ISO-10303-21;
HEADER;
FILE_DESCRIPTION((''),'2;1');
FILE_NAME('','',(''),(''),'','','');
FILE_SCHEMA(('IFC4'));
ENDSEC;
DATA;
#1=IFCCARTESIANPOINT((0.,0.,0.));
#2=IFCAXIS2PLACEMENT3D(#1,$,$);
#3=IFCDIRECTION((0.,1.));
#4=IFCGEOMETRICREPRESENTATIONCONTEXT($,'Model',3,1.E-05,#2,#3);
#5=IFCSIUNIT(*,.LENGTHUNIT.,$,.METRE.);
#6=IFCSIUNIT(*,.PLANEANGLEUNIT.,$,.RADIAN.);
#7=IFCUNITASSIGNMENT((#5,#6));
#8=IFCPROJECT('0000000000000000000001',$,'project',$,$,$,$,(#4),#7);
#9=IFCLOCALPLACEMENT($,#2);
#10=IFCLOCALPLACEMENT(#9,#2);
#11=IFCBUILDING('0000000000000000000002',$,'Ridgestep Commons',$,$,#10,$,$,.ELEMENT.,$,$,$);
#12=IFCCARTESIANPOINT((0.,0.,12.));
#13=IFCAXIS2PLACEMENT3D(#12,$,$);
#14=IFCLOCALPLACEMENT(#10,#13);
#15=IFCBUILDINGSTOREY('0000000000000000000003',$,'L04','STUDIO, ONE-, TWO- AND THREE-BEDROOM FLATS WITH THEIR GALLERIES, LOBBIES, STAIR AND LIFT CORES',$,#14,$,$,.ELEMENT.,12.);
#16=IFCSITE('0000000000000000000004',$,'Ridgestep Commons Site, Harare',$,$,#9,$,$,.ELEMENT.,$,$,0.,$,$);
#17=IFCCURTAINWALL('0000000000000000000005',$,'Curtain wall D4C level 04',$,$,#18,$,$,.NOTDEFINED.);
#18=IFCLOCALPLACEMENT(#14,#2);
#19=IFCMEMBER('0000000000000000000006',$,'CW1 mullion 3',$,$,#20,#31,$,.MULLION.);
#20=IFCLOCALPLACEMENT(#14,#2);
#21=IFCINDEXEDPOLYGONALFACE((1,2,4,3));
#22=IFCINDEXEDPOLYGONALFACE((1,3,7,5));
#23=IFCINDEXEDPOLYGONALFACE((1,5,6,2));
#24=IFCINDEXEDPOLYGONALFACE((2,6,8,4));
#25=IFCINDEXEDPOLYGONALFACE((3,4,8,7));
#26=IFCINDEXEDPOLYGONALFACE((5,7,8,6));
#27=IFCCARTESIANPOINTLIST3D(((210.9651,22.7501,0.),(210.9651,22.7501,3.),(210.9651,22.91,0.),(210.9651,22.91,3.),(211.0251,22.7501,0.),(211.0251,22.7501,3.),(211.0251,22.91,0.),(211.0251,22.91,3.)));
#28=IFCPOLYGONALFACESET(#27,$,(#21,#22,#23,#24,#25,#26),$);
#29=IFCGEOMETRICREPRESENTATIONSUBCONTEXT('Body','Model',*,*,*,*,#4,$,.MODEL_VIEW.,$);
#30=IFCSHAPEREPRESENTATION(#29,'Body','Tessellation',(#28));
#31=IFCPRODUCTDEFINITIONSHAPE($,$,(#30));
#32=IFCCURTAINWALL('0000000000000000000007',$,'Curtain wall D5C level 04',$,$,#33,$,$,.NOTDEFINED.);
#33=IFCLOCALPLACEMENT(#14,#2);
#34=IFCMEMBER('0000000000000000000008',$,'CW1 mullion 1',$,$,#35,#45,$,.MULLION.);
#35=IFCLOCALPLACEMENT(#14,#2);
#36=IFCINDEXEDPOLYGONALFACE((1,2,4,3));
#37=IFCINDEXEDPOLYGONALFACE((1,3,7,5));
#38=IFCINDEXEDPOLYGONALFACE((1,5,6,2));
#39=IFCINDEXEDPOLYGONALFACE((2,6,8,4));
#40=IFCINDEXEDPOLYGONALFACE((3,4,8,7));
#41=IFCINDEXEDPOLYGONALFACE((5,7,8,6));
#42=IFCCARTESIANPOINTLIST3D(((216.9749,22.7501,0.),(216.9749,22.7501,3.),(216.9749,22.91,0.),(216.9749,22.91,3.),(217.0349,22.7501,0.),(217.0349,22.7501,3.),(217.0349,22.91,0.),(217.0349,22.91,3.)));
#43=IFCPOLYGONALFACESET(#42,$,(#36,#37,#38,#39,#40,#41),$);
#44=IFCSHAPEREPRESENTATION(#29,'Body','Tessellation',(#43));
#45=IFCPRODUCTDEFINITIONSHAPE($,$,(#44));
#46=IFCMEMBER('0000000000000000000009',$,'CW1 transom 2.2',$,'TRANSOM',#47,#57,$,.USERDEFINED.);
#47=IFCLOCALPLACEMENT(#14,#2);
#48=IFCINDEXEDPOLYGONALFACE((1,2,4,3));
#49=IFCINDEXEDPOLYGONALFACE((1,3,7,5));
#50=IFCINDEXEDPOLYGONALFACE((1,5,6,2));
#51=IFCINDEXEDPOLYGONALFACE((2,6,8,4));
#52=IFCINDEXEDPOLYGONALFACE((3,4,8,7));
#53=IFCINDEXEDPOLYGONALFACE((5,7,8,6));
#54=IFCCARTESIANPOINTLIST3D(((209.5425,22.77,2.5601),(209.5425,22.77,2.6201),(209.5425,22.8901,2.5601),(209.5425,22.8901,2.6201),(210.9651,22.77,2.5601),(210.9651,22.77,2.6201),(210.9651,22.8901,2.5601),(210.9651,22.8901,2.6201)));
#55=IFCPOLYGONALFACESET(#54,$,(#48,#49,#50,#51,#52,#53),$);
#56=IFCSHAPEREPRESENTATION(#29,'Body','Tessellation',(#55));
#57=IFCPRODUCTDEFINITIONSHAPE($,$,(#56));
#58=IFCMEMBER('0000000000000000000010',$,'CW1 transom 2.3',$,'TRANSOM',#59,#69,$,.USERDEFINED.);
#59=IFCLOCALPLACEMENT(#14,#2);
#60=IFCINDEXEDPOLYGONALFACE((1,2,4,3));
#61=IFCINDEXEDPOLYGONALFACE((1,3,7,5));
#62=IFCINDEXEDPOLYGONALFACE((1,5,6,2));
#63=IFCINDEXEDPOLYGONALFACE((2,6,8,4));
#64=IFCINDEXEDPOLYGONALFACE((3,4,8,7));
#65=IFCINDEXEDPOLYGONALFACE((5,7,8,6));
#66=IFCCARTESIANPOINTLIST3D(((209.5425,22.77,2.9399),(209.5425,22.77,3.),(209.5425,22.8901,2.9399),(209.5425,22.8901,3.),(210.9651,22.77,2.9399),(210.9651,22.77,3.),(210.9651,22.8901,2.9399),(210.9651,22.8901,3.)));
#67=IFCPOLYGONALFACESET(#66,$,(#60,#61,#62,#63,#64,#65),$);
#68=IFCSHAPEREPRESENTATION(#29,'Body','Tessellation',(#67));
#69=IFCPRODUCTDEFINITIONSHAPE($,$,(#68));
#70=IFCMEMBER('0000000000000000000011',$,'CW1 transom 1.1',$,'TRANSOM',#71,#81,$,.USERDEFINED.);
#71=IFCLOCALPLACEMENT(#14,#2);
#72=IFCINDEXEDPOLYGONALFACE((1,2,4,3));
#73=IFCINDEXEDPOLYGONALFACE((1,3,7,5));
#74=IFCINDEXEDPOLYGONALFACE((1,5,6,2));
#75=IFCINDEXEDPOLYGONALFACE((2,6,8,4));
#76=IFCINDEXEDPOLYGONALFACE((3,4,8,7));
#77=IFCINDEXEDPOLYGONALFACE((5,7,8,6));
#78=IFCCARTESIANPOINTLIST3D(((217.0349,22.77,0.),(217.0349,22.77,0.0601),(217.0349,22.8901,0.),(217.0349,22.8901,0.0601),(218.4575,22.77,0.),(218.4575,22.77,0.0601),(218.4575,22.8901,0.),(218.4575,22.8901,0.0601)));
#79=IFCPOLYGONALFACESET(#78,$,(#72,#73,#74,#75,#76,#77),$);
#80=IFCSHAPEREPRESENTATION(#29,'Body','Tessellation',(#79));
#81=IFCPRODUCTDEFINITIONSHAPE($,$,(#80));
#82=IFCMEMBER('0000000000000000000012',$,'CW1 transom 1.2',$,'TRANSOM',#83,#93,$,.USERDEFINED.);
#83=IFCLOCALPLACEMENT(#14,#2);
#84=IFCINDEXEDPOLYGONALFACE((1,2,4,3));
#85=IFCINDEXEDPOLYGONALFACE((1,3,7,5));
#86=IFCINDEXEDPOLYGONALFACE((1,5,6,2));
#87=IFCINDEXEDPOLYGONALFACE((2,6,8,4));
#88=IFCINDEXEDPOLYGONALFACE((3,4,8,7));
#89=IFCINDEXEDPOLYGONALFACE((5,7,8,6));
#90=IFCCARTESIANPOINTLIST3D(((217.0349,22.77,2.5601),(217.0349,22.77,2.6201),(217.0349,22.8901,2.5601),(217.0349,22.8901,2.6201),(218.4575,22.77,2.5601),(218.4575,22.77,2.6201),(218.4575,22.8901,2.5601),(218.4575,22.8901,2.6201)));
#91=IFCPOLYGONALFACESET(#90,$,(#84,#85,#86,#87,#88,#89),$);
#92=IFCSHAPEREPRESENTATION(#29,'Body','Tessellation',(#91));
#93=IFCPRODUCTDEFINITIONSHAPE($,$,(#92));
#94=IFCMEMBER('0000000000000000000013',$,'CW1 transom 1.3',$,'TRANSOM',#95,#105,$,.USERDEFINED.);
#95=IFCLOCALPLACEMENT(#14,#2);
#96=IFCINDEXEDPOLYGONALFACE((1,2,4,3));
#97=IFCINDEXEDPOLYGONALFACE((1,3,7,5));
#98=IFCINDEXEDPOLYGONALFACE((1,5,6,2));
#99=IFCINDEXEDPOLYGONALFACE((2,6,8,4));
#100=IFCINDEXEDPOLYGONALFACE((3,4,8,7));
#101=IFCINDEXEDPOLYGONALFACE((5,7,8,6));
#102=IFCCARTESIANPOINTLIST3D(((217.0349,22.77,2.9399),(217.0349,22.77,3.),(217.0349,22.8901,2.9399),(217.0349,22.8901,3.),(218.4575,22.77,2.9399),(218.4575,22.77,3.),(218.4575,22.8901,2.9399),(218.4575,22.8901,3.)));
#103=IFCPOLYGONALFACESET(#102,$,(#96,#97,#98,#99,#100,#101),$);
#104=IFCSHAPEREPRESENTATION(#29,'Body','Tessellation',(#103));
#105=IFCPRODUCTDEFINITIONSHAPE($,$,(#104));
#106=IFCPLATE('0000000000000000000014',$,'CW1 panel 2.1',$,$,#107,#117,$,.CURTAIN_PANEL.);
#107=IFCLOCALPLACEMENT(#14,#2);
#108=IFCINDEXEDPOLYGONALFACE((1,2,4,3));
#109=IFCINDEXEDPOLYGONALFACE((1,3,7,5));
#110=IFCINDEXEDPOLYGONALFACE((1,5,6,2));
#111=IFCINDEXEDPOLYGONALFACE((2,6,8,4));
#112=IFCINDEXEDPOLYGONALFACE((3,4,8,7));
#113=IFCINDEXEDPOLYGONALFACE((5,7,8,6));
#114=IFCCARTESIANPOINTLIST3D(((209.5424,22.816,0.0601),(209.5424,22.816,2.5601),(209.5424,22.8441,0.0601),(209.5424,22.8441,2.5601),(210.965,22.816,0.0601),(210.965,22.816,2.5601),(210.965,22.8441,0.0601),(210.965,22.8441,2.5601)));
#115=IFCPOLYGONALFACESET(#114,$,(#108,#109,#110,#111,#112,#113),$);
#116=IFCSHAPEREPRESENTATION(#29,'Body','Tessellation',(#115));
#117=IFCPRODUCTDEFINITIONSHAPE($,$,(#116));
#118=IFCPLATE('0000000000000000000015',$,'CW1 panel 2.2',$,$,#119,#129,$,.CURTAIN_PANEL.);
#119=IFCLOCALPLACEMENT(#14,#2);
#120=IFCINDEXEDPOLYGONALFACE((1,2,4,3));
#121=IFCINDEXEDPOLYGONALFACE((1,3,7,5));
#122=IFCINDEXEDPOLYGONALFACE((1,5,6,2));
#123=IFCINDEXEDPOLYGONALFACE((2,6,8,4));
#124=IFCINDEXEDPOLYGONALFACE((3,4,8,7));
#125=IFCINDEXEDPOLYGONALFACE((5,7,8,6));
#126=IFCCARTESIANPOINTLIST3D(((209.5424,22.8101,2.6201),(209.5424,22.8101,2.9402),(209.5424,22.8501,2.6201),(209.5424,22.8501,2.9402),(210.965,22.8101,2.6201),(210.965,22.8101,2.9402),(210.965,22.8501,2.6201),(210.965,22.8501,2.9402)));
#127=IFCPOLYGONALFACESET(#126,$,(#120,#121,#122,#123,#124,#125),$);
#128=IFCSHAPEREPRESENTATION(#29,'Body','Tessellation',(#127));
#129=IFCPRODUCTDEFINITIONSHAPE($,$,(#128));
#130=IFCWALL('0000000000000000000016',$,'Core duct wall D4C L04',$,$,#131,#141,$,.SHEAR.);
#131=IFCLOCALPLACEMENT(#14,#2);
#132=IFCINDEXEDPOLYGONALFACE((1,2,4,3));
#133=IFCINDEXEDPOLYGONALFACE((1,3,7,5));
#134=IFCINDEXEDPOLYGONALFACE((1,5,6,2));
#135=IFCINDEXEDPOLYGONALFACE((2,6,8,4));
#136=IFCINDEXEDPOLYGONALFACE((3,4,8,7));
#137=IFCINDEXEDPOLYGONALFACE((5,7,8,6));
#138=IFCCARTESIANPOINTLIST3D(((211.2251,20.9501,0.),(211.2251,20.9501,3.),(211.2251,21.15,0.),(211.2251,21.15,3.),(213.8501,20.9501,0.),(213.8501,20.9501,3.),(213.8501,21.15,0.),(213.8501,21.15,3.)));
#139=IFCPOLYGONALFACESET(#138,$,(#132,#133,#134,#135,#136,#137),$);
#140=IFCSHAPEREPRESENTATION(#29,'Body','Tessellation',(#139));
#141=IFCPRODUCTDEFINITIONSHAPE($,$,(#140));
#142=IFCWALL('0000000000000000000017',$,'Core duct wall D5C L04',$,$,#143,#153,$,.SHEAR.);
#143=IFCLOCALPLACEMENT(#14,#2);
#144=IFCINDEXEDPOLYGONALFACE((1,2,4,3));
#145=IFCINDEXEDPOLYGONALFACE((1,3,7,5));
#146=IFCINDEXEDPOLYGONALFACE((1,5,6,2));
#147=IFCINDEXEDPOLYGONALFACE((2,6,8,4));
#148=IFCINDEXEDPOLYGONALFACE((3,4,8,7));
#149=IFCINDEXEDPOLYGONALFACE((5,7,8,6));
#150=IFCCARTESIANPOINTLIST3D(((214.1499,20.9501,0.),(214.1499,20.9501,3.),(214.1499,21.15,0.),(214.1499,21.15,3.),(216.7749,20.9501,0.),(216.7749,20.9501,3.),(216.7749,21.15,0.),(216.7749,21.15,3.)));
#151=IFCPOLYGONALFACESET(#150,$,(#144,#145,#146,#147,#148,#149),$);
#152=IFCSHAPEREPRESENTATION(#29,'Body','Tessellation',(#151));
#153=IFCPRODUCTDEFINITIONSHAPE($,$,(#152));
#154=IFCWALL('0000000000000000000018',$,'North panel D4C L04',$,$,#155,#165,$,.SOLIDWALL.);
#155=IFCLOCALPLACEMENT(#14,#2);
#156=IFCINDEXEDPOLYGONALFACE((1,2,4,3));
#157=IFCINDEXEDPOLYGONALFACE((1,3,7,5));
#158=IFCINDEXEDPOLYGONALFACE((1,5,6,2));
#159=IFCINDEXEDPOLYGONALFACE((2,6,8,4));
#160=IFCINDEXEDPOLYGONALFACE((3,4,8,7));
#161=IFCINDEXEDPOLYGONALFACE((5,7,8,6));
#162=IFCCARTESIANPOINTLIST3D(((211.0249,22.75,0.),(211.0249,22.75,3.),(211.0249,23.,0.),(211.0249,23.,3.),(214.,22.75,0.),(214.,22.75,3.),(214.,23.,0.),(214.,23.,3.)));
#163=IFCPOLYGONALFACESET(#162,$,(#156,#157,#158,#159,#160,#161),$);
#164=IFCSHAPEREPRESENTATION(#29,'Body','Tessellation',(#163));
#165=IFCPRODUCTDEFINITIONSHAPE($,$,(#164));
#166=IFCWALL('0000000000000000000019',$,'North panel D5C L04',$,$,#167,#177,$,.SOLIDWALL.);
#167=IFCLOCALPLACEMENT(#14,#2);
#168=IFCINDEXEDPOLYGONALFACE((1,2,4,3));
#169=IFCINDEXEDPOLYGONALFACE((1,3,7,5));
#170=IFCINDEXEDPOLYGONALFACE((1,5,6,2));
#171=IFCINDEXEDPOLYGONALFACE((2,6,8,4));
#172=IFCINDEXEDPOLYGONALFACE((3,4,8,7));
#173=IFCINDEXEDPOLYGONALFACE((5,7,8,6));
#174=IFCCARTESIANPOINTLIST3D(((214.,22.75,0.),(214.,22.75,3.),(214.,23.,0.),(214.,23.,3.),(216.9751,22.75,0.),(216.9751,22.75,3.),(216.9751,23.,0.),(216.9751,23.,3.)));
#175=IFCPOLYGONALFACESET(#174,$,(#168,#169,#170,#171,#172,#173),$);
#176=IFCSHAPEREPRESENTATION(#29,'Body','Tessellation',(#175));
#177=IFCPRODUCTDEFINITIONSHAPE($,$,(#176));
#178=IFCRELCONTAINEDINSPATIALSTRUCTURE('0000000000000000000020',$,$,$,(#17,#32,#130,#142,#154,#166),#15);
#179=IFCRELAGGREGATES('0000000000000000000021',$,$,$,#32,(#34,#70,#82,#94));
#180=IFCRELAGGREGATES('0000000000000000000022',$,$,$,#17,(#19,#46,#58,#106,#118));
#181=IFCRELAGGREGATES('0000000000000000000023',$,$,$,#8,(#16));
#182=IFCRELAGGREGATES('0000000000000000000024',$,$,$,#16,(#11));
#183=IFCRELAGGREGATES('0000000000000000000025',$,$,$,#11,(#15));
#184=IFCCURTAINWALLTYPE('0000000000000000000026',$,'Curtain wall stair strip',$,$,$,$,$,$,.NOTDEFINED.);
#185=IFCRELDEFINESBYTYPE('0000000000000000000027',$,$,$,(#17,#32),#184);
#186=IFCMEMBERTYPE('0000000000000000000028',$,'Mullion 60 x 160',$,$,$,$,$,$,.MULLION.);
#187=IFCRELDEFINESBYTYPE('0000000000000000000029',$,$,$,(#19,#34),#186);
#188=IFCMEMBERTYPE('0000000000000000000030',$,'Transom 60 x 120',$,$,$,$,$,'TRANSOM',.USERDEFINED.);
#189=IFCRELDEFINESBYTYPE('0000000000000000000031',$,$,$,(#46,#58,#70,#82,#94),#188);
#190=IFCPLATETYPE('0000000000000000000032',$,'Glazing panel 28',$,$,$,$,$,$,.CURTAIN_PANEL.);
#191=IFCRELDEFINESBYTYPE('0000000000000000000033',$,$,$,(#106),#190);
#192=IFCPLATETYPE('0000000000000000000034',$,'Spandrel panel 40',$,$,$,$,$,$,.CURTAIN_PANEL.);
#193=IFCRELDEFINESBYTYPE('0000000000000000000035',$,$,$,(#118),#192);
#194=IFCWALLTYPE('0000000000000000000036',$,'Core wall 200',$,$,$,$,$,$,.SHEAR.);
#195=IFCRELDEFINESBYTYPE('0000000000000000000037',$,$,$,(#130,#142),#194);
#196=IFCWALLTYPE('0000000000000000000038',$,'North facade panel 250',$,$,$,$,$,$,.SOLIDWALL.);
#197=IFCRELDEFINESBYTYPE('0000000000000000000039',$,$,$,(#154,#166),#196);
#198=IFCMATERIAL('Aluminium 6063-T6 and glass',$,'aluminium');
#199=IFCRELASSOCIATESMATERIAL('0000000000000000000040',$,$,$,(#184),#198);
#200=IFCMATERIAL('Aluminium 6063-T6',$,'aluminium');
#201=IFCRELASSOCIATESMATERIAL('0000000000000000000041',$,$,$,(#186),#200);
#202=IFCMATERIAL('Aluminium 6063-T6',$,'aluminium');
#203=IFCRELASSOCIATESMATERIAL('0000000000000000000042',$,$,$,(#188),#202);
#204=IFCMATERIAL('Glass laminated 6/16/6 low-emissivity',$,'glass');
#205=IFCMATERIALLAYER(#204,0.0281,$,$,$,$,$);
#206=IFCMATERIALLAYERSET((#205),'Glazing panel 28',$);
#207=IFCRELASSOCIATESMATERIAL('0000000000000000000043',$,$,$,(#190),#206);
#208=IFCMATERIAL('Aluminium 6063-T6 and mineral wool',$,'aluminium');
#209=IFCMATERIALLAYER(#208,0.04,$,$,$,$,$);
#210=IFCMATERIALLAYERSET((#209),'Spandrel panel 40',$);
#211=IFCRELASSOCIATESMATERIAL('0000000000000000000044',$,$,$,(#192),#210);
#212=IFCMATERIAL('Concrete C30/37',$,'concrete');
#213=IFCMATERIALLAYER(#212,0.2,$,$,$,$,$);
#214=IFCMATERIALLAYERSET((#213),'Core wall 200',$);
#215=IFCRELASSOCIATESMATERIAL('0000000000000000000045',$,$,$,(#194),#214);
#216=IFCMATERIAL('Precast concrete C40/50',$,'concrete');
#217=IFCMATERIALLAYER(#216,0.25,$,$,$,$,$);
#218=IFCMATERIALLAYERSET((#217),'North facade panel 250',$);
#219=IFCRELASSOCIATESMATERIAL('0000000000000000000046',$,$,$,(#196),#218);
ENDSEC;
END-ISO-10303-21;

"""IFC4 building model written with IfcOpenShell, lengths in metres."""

from ifc_helpers import new_model, si_unit, direction, frame, frame_2d, origin, origin_2d, place, context, subcontext, project, spatial, rectangle, extrude, material, layer, layer_set, material_profile, profile_set, type_object, element, aggregate, save


model = new_model("IFC4")

# Units and contexts
model_context = context("Model", 3, precision=1e-05, world=origin(), true_north=direction((0.0, 1.0)))
body_context = subcontext(model_context, "Body", "Model", "MODEL_VIEW")
ifc_project = project(units=[si_unit("LENGTHUNIT", "METRE"), si_unit("PLANEANGLEUNIT", "RADIAN")], contexts=[model_context])

# Site, building, storey
site_placement = place(None, origin())
site = spatial("IfcSite", under=ifc_project, at=site_placement, Name="Ridgestep Commons Site, Harare", CompositionType="ELEMENT", RefElevation=0.0)
building_placement = place(site_placement, origin())
building = spatial("IfcBuilding", under=site, at=building_placement, Name="Ridgestep Commons", CompositionType="ELEMENT")
storey_placement = place(building_placement, frame((0.0, 0.0, 12.0)))
storey = spatial("IfcBuildingStorey", under=building, at=storey_placement, Name="L04", Description="STUDIO, ONE-, TWO- AND THREE-BEDROOM FLATS WITH THEIR GALLERIES, LOBBIES, STAIR AND LIFT CORES", CompositionType="ELEMENT", Elevation=12.0)

# Curtain walls, members
ifc_material_1 = material(Name="Aluminium 6063-T6 and glass", Category="aluminium")
curtain_wall_type = type_object("IfcCurtainWallType", Name="Curtain wall stair strip", PredefinedType="NOTDEFINED", material=ifc_material_1)
curtain_wall_1_placement = place(storey_placement, origin())
curtain_wall_1 = element("IfcCurtainWall", 1, at=curtain_wall_1_placement, inside=storey, type_object=curtain_wall_type, Name="Curtain wall D4C level 04", PredefinedType="NOTDEFINED")
ifc_material_2 = material(Name="Aluminium 6063-T6", Category="aluminium")
ifc_material_profile_1 = material_profile(ifc_material_2, rectangle(XDim=0.1599, YDim=0.0601, at=origin_2d()), Name="Mullion 60 x 160")
ifc_profile_set_1 = profile_set([ifc_material_profile_1], Name="Aluminium 6063-T6")
member_type_1 = type_object("IfcMemberType", Name="Mullion 60 x 160", PredefinedType="MULLION", material=ifc_profile_set_1)
member_1_placement = place(storey_placement, frame((210.9951, 22.8301, 0.0), z_axis=(0.0, 0.0, 1.0), x_axis=(0.0, 1.0, 0.0)))
member_1 = element("IfcMember", 2, at=member_1_placement, type_object=member_type_1, Name="CW1 mullion 3", PredefinedType="MULLION", context=body_context, shape_type="SweptSolid", body=[
    extrude(rectangle(XDim=0.1599, YDim=0.0601, at=origin_2d()), origin(), (0.0, 0.0, 1.0), 3.0),
])
curtain_wall_2_placement = place(storey_placement, origin())
curtain_wall_2 = element("IfcCurtainWall", 3, at=curtain_wall_2_placement, inside=storey, type_object=curtain_wall_type, Name="Curtain wall D5C level 04", PredefinedType="NOTDEFINED")
member_2_placement = place(storey_placement, frame((217.0049, 22.8301, 0.0), z_axis=(0.0, 0.0, 1.0), x_axis=(0.0, 1.0, 0.0)))
member_2 = element("IfcMember", 4, at=member_2_placement, type_object=member_type_1, Name="CW1 mullion 1", PredefinedType="MULLION", context=body_context, shape_type="SweptSolid", body=[
    extrude(rectangle(XDim=0.1599, YDim=0.0601, at=origin_2d()), origin(), (0.0, 0.0, 1.0), 3.0),
])

# Members
ifc_material_3 = material(Name="Aluminium 6063-T6", Category="aluminium")
ifc_material_profile_2 = material_profile(ifc_material_3, rectangle(XDim=0.1201, YDim=0.0601, at=origin_2d()), Name="Transom 60 x 120")
ifc_profile_set_2 = profile_set([ifc_material_profile_2], Name="Aluminium 6063-T6")
member_type_2 = type_object("IfcMemberType", Name="Transom 60 x 120", ElementType="TRANSOM", PredefinedType="USERDEFINED", material=ifc_profile_set_2)
member_3_placement = place(storey_placement, frame((209.5425, 22.8301, 2.5901), z_axis=(1.0, 0.0, 0.0), x_axis=(0.0, 1.0, 0.0)))
member_3 = element("IfcMember", 5, at=member_3_placement, type_object=member_type_2, Name="CW1 transom 2.2", ObjectType="TRANSOM", PredefinedType="USERDEFINED", context=body_context, shape_type="SweptSolid", body=[
    extrude(rectangle(XDim=0.1201, YDim=0.0601, at=origin_2d()), origin(), (0.0, 0.0, 1.0), 1.4226),
])
member_4_placement = place(storey_placement, frame((209.5425, 22.8301, 2.97), z_axis=(1.0, 0.0, 0.0), x_axis=(0.0, 1.0, 0.0)))
member_4 = element("IfcMember", 6, at=member_4_placement, type_object=member_type_2, Name="CW1 transom 2.3", ObjectType="TRANSOM", PredefinedType="USERDEFINED", context=body_context, shape_type="SweptSolid", body=[
    extrude(rectangle(XDim=0.1201, YDim=0.0601, at=origin_2d()), origin(), (0.0, 0.0, 1.0), 1.4226),
])
member_5_placement = place(storey_placement, frame((217.0349, 22.8301, 0.03), z_axis=(1.0, 0.0, 0.0), x_axis=(0.0, 1.0, 0.0)))
member_5 = element("IfcMember", 7, at=member_5_placement, type_object=member_type_2, Name="CW1 transom 1.1", ObjectType="TRANSOM", PredefinedType="USERDEFINED", context=body_context, shape_type="SweptSolid", body=[
    extrude(rectangle(XDim=0.1201, YDim=0.0601, at=origin_2d()), origin(), (0.0, 0.0, 1.0), 1.4226),
])
member_6_placement = place(storey_placement, frame((217.0349, 22.8301, 2.5901), z_axis=(1.0, 0.0, 0.0), x_axis=(0.0, 1.0, 0.0)))
member_6 = element("IfcMember", 8, at=member_6_placement, type_object=member_type_2, Name="CW1 transom 1.2", ObjectType="TRANSOM", PredefinedType="USERDEFINED", context=body_context, shape_type="SweptSolid", body=[
    extrude(rectangle(XDim=0.1201, YDim=0.0601, at=origin_2d()), origin(), (0.0, 0.0, 1.0), 1.4226),
])
member_7_placement = place(storey_placement, frame((217.0349, 22.8301, 2.97), z_axis=(1.0, 0.0, 0.0), x_axis=(0.0, 1.0, 0.0)))
member_7 = element("IfcMember", 9, at=member_7_placement, type_object=member_type_2, Name="CW1 transom 1.3", ObjectType="TRANSOM", PredefinedType="USERDEFINED", context=body_context, shape_type="SweptSolid", body=[
    extrude(rectangle(XDim=0.1201, YDim=0.0601, at=origin_2d()), origin(), (0.0, 0.0, 1.0), 1.4226),
])
aggregate(curtain_wall_2, [member_2, member_5, member_6, member_7])

# Plates
ifc_material_4 = material(Name="Glass laminated 6/16/6 low-emissivity", Category="glass")
ifc_layer_1 = layer(ifc_material_4, 0.0281)
ifc_layer_set_1 = layer_set([ifc_layer_1], Name="Glazing panel 28")
plate_type_1 = type_object("IfcPlateType", Name="Glazing panel 28", PredefinedType="CURTAIN_PANEL", material=ifc_layer_set_1)
plate_1_placement = place(storey_placement, frame((210.2537, 22.8301, 0.0601), z_axis=(0.0, 0.0, 1.0), x_axis=(1.0, 0.0, 0.0)))
plate_1 = element("IfcPlate", 10, at=plate_1_placement, type_object=plate_type_1, Name="CW1 panel 2.1", PredefinedType="CURTAIN_PANEL", context=body_context, shape_type="SweptSolid", body=[
    extrude(rectangle(XDim=1.4226, YDim=0.0281, at=origin_2d()), origin(), (0.0, 0.0, 1.0), 2.5),
])
ifc_material_5 = material(Name="Aluminium 6063-T6 and mineral wool", Category="aluminium")
ifc_layer_2 = layer(ifc_material_5, 0.04)
ifc_layer_set_2 = layer_set([ifc_layer_2], Name="Spandrel panel 40")
plate_type_2 = type_object("IfcPlateType", Name="Spandrel panel 40", PredefinedType="CURTAIN_PANEL", material=ifc_layer_set_2)
plate_2_placement = place(storey_placement, frame((210.2537, 22.8301, 2.6201), z_axis=(0.0, 0.0, 1.0), x_axis=(1.0, 0.0, 0.0)))
plate_2 = element("IfcPlate", 11, at=plate_2_placement, type_object=plate_type_2, Name="CW1 panel 2.2", PredefinedType="CURTAIN_PANEL", context=body_context, shape_type="SweptSolid", body=[
    extrude(rectangle(XDim=1.4226, YDim=0.04, at=origin_2d()), origin(), (0.0, 0.0, 1.0), 0.3201),
])
aggregate(curtain_wall_1, [member_1, member_3, member_4, plate_1, plate_2])

# Walls
ifc_material_6 = material(Name="Concrete C30/37", Category="concrete")
ifc_layer_3 = layer(ifc_material_6, 0.2)
ifc_layer_set_3 = layer_set([ifc_layer_3], Name="Core wall 200")
wall_type_1 = type_object("IfcWallType", Name="Core wall 200", PredefinedType="SHEAR", material=ifc_layer_set_3)
for number, where, z_axis, x_axis, name in (
    (12, (211.2251, 21.05, 0.0), (0.0, 0.0, 1.0), (1.0, 0.0, 0.0), "Core duct wall D4C L04"),
    (13, (214.1499, 21.05, 0.0), (0.0, 0.0, 1.0), (1.0, 0.0, 0.0), "Core duct wall D5C L04"),
):
    element("IfcWall", number, at=place(storey_placement, frame(where, z_axis=z_axis, x_axis=x_axis)), inside=storey, type_object=wall_type_1, Name=name, PredefinedType="SHEAR", context=body_context, shape_type="SweptSolid", body=[
        extrude(rectangle(XDim=2.625, YDim=0.2, at=frame_2d((1.3125, 0.0))), origin(), (0.0, 0.0, 1.0), 3.0),
    ])
ifc_material_7 = material(Name="Precast concrete C40/50", Category="concrete")
ifc_layer_4 = layer(ifc_material_7, 0.25)
ifc_layer_set_4 = layer_set([ifc_layer_4], Name="North facade panel 250")
wall_type_2 = type_object("IfcWallType", Name="North facade panel 250", PredefinedType="SOLIDWALL", material=ifc_layer_set_4)
for number, where, z_axis, x_axis, name in (
    (14, (211.0249, 22.875, 0.0), (0.0, 0.0, 1.0), (1.0, 0.0, 0.0), "North panel D4C L04"),
    (15, (214.0, 22.875, 0.0), (0.0, 0.0, 1.0), (1.0, 0.0, 0.0), "North panel D5C L04"),
):
    element("IfcWall", number, at=place(storey_placement, frame(where, z_axis=z_axis, x_axis=x_axis)), inside=storey, type_object=wall_type_2, Name=name, PredefinedType="SOLIDWALL", context=body_context, shape_type="SweptSolid", body=[
        extrude(rectangle(XDim=2.9751, YDim=0.25, at=frame_2d((1.4875, 0.0))), origin(), (0.0, 0.0, 1.0), 3.0),
    ])

save(model, "model.ifc")
